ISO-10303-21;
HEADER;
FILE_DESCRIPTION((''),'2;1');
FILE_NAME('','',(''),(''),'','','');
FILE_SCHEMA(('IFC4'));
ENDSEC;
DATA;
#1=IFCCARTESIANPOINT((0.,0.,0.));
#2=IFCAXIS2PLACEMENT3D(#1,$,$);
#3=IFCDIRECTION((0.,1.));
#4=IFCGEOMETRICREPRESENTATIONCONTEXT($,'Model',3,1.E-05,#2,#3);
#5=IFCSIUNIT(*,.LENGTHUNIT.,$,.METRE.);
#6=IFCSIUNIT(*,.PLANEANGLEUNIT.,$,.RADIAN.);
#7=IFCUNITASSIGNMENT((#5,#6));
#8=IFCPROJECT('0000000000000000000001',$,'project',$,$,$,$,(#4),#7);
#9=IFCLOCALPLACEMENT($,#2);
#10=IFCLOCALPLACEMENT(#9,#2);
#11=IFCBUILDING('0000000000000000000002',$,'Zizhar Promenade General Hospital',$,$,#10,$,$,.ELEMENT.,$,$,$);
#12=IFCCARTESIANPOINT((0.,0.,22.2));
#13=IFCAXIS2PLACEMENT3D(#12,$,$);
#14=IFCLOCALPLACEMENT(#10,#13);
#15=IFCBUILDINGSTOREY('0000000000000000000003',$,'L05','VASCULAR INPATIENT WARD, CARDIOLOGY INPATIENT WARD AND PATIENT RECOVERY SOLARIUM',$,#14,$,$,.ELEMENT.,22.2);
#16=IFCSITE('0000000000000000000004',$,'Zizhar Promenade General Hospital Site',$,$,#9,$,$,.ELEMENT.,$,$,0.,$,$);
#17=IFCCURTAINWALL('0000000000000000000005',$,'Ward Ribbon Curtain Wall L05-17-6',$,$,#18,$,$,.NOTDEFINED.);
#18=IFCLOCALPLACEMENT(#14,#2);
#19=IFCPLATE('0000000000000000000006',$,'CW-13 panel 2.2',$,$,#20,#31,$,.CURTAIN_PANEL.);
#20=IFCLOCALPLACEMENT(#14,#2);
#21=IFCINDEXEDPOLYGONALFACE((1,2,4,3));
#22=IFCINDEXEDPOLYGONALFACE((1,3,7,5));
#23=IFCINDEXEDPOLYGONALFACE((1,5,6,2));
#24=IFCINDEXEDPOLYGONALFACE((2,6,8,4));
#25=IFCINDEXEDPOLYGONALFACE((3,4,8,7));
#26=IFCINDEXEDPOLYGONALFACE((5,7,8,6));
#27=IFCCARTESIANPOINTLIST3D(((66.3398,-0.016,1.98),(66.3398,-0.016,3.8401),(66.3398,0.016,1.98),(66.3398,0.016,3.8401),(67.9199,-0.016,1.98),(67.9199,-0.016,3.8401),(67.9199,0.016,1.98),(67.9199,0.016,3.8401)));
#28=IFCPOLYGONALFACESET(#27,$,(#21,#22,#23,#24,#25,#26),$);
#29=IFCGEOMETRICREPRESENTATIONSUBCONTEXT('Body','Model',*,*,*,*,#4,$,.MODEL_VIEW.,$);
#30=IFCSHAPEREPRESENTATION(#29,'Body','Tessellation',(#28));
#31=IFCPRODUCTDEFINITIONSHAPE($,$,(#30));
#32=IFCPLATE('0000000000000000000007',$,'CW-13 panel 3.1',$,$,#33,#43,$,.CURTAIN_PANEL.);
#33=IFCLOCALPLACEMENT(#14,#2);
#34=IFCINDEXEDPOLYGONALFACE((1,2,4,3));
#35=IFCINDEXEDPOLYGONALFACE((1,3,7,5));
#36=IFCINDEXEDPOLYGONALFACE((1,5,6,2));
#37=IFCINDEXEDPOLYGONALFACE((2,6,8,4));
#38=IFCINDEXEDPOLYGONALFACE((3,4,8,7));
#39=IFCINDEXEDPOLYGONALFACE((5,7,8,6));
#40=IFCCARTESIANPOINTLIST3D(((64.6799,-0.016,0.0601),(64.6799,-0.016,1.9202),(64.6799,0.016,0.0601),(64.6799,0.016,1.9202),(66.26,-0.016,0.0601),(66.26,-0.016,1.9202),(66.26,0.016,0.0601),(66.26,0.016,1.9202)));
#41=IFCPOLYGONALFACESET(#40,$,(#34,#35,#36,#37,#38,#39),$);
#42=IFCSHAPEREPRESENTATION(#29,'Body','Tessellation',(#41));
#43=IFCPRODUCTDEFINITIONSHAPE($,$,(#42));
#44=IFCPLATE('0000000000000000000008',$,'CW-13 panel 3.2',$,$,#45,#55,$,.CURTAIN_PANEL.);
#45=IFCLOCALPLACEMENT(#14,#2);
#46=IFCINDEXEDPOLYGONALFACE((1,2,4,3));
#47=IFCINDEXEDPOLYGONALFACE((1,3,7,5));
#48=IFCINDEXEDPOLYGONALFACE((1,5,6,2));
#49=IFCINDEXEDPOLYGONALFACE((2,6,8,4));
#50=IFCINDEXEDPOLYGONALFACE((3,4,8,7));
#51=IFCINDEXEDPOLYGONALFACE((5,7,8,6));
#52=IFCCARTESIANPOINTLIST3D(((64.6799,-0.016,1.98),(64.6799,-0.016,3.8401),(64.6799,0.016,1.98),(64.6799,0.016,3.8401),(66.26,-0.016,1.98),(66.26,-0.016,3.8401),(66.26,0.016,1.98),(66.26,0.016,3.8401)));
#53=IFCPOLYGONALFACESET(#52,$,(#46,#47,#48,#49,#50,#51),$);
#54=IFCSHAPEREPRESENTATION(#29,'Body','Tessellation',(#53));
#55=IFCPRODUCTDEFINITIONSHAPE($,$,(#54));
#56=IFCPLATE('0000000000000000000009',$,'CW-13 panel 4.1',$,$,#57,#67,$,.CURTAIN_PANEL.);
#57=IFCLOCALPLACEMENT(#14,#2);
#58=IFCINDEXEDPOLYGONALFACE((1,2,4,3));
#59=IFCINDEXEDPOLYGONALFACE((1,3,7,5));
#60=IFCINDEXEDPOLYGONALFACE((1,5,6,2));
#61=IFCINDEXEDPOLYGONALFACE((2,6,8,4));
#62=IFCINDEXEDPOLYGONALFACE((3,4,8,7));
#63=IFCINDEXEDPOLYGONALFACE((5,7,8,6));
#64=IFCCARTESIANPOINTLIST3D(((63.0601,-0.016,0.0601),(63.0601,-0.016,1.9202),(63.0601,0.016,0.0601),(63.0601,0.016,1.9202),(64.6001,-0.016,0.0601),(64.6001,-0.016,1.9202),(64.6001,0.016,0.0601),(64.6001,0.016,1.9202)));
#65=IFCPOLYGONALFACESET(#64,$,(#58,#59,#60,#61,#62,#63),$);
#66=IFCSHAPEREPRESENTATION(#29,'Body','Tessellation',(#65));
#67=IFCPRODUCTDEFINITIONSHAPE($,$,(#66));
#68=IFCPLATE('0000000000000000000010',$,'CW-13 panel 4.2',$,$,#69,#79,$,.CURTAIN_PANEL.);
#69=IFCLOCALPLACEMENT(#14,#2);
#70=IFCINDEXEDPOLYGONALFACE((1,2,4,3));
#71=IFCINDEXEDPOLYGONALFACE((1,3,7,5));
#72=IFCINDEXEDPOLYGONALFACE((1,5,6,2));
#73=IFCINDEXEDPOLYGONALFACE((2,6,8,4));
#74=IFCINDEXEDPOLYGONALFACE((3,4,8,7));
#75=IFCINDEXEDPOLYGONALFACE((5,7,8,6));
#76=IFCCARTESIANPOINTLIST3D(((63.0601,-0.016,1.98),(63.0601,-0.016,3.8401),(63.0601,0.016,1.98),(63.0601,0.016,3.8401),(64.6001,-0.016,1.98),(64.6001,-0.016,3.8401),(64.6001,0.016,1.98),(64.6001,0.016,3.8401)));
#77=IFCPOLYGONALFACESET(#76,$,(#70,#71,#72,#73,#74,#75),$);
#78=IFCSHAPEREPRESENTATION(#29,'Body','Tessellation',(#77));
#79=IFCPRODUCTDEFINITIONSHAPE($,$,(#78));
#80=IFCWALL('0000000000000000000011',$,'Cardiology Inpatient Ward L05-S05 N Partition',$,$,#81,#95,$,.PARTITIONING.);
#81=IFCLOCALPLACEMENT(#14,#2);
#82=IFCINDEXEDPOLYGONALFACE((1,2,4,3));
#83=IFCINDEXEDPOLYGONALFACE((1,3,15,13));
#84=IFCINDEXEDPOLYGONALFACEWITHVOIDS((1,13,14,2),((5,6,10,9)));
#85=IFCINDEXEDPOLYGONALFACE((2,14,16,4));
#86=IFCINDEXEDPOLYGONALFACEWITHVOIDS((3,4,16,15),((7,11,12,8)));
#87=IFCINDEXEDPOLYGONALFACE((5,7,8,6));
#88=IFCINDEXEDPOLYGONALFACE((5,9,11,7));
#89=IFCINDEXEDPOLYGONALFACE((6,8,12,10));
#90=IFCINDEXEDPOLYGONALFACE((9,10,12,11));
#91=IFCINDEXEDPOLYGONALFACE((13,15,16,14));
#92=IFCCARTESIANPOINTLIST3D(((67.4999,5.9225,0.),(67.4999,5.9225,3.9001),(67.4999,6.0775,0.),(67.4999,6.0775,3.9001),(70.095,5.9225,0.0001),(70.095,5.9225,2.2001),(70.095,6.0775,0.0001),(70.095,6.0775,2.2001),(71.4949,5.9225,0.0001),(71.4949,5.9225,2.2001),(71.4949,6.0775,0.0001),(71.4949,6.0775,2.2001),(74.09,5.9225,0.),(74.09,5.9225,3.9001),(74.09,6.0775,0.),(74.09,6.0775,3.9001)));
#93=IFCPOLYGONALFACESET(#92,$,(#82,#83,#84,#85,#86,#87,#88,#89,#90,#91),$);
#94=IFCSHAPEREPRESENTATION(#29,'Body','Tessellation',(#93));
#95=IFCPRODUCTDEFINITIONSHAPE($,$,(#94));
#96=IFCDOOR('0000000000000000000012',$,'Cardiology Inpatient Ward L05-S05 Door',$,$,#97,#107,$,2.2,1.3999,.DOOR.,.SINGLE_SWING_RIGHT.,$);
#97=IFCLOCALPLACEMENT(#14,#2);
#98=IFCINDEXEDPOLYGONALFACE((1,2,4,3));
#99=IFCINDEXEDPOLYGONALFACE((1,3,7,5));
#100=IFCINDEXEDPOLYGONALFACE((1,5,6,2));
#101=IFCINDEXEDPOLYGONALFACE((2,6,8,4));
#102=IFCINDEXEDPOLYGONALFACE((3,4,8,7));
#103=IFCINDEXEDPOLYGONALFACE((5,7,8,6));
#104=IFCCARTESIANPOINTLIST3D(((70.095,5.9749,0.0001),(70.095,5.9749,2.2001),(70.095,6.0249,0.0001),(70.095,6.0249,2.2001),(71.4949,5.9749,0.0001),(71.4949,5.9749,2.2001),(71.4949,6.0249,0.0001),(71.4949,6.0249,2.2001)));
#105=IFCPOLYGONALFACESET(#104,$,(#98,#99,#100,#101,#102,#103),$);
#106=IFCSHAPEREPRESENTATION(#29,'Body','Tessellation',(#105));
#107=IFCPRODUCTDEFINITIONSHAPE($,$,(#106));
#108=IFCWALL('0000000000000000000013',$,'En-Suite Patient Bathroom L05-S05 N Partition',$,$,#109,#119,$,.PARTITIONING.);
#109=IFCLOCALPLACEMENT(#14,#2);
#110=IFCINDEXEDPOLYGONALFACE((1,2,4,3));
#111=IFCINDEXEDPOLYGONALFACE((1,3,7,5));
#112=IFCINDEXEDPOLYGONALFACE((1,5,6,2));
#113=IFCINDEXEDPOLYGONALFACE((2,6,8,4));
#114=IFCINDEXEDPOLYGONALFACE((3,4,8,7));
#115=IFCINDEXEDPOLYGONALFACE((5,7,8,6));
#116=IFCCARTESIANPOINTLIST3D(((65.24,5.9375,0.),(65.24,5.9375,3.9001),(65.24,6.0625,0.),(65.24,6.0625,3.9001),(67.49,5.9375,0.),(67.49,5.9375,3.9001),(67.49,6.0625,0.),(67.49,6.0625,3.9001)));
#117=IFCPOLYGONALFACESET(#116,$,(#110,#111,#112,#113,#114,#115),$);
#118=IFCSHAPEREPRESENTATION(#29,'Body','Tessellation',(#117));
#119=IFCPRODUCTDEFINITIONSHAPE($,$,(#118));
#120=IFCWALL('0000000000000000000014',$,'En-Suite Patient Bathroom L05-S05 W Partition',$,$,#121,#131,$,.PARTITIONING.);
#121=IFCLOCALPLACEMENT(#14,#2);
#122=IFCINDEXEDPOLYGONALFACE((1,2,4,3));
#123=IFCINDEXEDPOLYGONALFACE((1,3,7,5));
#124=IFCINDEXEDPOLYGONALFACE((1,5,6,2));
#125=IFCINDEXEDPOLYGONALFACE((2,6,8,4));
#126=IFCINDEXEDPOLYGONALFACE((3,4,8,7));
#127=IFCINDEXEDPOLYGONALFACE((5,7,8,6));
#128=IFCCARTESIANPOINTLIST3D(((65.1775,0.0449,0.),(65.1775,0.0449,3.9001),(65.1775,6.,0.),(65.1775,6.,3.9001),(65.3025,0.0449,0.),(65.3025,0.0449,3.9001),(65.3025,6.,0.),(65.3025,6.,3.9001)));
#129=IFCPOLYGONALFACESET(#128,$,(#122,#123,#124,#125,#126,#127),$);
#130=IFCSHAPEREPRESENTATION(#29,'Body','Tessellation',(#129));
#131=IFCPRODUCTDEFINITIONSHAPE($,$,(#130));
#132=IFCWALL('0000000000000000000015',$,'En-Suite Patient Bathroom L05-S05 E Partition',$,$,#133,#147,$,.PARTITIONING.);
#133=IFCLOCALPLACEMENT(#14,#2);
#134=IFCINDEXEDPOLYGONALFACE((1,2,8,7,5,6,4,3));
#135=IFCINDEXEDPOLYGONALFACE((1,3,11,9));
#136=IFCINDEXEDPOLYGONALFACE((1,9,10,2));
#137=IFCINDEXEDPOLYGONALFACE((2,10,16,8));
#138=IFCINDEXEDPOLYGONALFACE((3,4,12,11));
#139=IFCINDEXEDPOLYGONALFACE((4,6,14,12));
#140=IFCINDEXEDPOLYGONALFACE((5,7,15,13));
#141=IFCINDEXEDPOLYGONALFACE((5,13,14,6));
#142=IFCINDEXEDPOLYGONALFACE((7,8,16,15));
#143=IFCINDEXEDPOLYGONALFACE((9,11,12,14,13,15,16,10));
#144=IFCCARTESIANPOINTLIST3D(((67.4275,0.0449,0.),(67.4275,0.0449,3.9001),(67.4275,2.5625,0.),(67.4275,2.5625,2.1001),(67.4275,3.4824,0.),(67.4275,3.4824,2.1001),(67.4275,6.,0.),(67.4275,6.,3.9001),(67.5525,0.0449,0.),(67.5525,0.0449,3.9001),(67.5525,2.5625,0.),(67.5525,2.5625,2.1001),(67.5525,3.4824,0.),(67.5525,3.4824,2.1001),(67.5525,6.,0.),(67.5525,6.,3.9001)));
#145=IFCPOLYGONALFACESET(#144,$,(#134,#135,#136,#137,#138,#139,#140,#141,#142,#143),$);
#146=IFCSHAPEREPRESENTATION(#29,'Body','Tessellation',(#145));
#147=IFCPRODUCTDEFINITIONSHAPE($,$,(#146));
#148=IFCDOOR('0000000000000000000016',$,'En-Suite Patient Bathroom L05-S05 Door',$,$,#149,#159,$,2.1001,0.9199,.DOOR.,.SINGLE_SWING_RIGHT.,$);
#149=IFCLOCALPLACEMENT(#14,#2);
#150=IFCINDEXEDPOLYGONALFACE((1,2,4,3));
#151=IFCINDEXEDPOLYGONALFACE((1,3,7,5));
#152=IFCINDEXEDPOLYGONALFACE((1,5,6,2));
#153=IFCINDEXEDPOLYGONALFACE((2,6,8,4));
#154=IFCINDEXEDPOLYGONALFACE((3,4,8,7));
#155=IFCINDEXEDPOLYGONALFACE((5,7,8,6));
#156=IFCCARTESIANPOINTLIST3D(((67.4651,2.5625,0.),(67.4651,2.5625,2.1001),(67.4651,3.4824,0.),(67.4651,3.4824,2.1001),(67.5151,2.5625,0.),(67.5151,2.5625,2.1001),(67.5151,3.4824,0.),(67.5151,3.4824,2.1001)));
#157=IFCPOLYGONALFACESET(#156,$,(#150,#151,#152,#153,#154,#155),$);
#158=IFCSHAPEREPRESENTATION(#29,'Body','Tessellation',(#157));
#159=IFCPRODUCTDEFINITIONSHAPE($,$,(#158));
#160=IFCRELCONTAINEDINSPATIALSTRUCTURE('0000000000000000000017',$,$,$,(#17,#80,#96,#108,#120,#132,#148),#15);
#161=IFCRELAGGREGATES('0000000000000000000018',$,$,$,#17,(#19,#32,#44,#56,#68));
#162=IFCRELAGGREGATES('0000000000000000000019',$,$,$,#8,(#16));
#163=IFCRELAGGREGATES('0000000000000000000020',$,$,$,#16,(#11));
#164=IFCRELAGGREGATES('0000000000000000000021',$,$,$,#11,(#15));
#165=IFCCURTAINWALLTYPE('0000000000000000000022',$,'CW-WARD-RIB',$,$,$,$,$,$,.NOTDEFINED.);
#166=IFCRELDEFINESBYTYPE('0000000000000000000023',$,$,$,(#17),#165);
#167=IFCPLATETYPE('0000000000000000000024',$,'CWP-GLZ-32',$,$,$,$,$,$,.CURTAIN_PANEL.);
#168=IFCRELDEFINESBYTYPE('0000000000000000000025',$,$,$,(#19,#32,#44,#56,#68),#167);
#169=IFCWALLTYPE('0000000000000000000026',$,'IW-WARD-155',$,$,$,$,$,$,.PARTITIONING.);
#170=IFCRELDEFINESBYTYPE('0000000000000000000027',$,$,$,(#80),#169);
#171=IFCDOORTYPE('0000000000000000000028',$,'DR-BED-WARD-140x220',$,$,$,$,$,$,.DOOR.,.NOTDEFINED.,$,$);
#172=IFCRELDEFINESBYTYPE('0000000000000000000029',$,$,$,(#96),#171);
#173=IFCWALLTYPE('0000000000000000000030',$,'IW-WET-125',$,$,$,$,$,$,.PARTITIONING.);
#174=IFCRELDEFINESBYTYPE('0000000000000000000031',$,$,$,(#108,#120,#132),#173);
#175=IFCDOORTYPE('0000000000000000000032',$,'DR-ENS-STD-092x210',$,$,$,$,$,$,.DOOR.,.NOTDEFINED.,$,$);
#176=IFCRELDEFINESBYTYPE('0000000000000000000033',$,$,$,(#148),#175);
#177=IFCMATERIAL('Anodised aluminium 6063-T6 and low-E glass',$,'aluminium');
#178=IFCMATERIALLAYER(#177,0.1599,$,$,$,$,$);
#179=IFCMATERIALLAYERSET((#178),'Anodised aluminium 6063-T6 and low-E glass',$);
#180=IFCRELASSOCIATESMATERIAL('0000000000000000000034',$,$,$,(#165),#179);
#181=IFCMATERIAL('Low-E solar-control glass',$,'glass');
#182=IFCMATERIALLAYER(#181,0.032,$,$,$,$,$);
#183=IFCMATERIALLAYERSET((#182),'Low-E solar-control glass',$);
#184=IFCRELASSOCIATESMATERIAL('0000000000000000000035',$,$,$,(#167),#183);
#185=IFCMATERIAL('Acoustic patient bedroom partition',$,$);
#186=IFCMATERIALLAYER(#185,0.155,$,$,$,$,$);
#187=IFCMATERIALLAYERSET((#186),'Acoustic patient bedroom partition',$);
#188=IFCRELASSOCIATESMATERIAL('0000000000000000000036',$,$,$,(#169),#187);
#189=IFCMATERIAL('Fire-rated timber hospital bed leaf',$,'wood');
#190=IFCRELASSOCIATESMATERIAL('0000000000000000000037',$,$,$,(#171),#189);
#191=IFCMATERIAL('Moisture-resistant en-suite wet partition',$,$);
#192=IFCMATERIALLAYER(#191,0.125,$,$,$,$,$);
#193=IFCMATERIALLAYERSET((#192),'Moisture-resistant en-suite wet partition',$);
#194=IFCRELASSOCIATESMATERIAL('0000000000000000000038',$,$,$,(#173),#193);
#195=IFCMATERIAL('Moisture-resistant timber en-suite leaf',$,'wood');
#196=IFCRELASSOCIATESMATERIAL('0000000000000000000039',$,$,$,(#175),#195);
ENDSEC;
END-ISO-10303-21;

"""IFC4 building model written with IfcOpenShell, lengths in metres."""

from ifc_helpers import new_model, si_unit, direction, frame, frame_2d, origin, origin_2d, place, context, subcontext, project, spatial, rectangle, extrude, material, layer, layer_set, type_object, element, fill, aggregate, save


model = new_model("IFC4")

# Units and contexts
model_context = context("Model", 3, precision=1e-05, world=origin(), true_north=direction((0.0, 1.0)))
body_context = subcontext(model_context, "Body", "Model", "MODEL_VIEW")
ifc_project = project(units=[si_unit("LENGTHUNIT", "METRE"), si_unit("PLANEANGLEUNIT", "RADIAN")], contexts=[model_context])

# Site, building, storey
site_placement = place(None, origin())
site = spatial("IfcSite", under=ifc_project, at=site_placement, Name="Zizhar Promenade General Hospital Site", CompositionType="ELEMENT", RefElevation=0.0)
building_placement = place(site_placement, origin())
building = spatial("IfcBuilding", under=site, at=building_placement, Name="Zizhar Promenade General Hospital", CompositionType="ELEMENT")
storey_placement = place(building_placement, frame((0.0, 0.0, 22.2)))
storey = spatial("IfcBuildingStorey", under=building, at=storey_placement, Name="L05", Description="VASCULAR INPATIENT WARD, CARDIOLOGY INPATIENT WARD AND PATIENT RECOVERY SOLARIUM", CompositionType="ELEMENT", Elevation=22.2)

# Curtain wall, plates
ifc_material_1 = material(Name="Anodised aluminium 6063-T6 and low-E glass", Category="aluminium")
ifc_layer_1 = layer(ifc_material_1, 0.1599)
ifc_layer_set_1 = layer_set([ifc_layer_1], Name="Anodised aluminium 6063-T6 and low-E glass")
curtain_wall_type = type_object("IfcCurtainWallType", Name="CW-WARD-RIB", PredefinedType="NOTDEFINED", material=ifc_layer_set_1)
curtain_wall_placement = place(storey_placement, origin())
curtain_wall = element("IfcCurtainWall", 1, at=curtain_wall_placement, inside=storey, type_object=curtain_wall_type, Name="Ward Ribbon Curtain Wall L05-17-6", PredefinedType="NOTDEFINED")
ifc_material_2 = material(Name="Low-E solar-control glass", Category="glass")
ifc_layer_2 = layer(ifc_material_2, 0.032)
ifc_layer_set_2 = layer_set([ifc_layer_2], Name="Low-E solar-control glass")
plate_type = type_object("IfcPlateType", Name="CWP-GLZ-32", PredefinedType="CURTAIN_PANEL", material=ifc_layer_set_2)
plate_1_placement = place(storey_placement, frame((67.1299, 0.0, 1.98), z_axis=(0.0, 0.0, 1.0), x_axis=(-1.0, 0.0, 0.0)))
plate_1 = element("IfcPlate", 2, at=plate_1_placement, type_object=plate_type, Name="CW-13 panel 2.2", PredefinedType="CURTAIN_PANEL", context=body_context, shape_type="SweptSolid", body=[
    extrude(rectangle(XDim=1.5801, YDim=0.032, at=origin_2d()), origin(), (0.0, 0.0, 1.0), 1.8601),
])
plate_2_placement = place(storey_placement, frame((65.47, 0.0, 0.0601), z_axis=(0.0, 0.0, 1.0), x_axis=(-1.0, 0.0, 0.0)))
plate_2 = element("IfcPlate", 3, at=plate_2_placement, type_object=plate_type, Name="CW-13 panel 3.1", PredefinedType="CURTAIN_PANEL", context=body_context, shape_type="SweptSolid", body=[
    extrude(rectangle(XDim=1.5801, YDim=0.032, at=origin_2d()), origin(), (0.0, 0.0, 1.0), 1.8601),
])
plate_3_placement = place(storey_placement, frame((65.47, 0.0, 1.98), z_axis=(0.0, 0.0, 1.0), x_axis=(-1.0, 0.0, 0.0)))
plate_3 = element("IfcPlate", 4, at=plate_3_placement, type_object=plate_type, Name="CW-13 panel 3.2", PredefinedType="CURTAIN_PANEL", context=body_context, shape_type="SweptSolid", body=[
    extrude(rectangle(XDim=1.5801, YDim=0.032, at=origin_2d()), origin(), (0.0, 0.0, 1.0), 1.8601),
])
plate_4_placement = place(storey_placement, frame((63.8301, 0.0, 0.0601), z_axis=(0.0, 0.0, 1.0), x_axis=(-1.0, 0.0, 0.0)))
plate_4 = element("IfcPlate", 5, at=plate_4_placement, type_object=plate_type, Name="CW-13 panel 4.1", PredefinedType="CURTAIN_PANEL", context=body_context, shape_type="SweptSolid", body=[
    extrude(rectangle(XDim=1.54, YDim=0.032, at=origin_2d()), origin(), (0.0, 0.0, 1.0), 1.8601),
])
plate_5_placement = place(storey_placement, frame((63.8301, 0.0, 1.98), z_axis=(0.0, 0.0, 1.0), x_axis=(-1.0, 0.0, 0.0)))
plate_5 = element("IfcPlate", 6, at=plate_5_placement, type_object=plate_type, Name="CW-13 panel 4.2", PredefinedType="CURTAIN_PANEL", context=body_context, shape_type="SweptSolid", body=[
    extrude(rectangle(XDim=1.54, YDim=0.032, at=origin_2d()), origin(), (0.0, 0.0, 1.0), 1.8601),
])
aggregate(curtain_wall, [plate_1, plate_2, plate_3, plate_4, plate_5])

# Wall, opening, door
ifc_material_3 = material(Name="Acoustic patient bedroom partition")
ifc_layer_3 = layer(ifc_material_3, 0.155)
ifc_layer_set_3 = layer_set([ifc_layer_3], Name="Acoustic patient bedroom partition")
wall_type_1 = type_object("IfcWallType", Name="IW-WARD-155", PredefinedType="PARTITIONING", material=ifc_layer_set_3)
wall_1_placement = place(storey_placement, frame((67.5, 6.0, 0.0), z_axis=(0.0, 0.0, 1.0), x_axis=(1.0, 0.0, 0.0)))
wall_1 = element("IfcWall", 7, at=wall_1_placement, inside=storey, type_object=wall_type_1, Name="Cardiology Inpatient Ward L05-S05 N Partition", PredefinedType="PARTITIONING", context=body_context, shape_type="SweptSolid", body=[
    extrude(rectangle(XDim=6.5901, YDim=0.155, at=frame_2d((3.2949, 0.0))), origin(), (0.0, 0.0, 1.0), 3.9001),
])
opening_1_placement = place(wall_1_placement, frame((2.595, 0.0, 0.0)))
opening_1 = element("IfcOpeningElement", 8, at=opening_1_placement, cuts=wall_1, PredefinedType="OPENING", context=body_context, shape_type="SweptSolid", body=[
    extrude(rectangle(XDim=1.3999, YDim=2.2, at=frame_2d((0.7, 1.1001))), frame((0.0, 0.0874, 0.0), z_axis=(0.0, -1.0, 0.0), x_axis=(1.0, 0.0, 0.0)), (0.0, 0.0, 1.0), 0.175),
])
ifc_material_4 = material(Name="Fire-rated timber hospital bed leaf", Category="wood")
door_type_1 = type_object("IfcDoorType", Name="DR-BED-WARD-140x220", OperationType="NOTDEFINED", PredefinedType="DOOR", material=ifc_material_4)
door_1_placement = place(opening_1_placement, origin())
door_1 = element("IfcDoor", 9, at=door_1_placement, inside=storey, type_object=door_type_1, Name="Cardiology Inpatient Ward L05-S05 Door", OperationType="SINGLE_SWING_RIGHT", OverallHeight=2.2, OverallWidth=1.3999, PredefinedType="DOOR", context=body_context, shape_type="SweptSolid", body=[
    extrude(rectangle(XDim=1.3999, YDim=2.2, at=frame_2d((0.7, 1.1001))), frame((0.0, 0.0249, 0.0), z_axis=(0.0, -1.0, 0.0), x_axis=(1.0, 0.0, 0.0)), (0.0, 0.0, 1.0), 0.05),
])
fill(opening_1, door_1)

# Walls
ifc_material_5 = material(Name="Moisture-resistant en-suite wet partition")
ifc_layer_4 = layer(ifc_material_5, 0.125)
ifc_layer_set_4 = layer_set([ifc_layer_4], Name="Moisture-resistant en-suite wet partition")
wall_type_2 = type_object("IfcWallType", Name="IW-WET-125", PredefinedType="PARTITIONING", material=ifc_layer_set_4)
wall_2_placement = place(storey_placement, frame((65.24, 6.0, 0.0), z_axis=(0.0, 0.0, 1.0), x_axis=(1.0, 0.0, 0.0)))
element("IfcWall", 10, at=wall_2_placement, inside=storey, type_object=wall_type_2, Name="En-Suite Patient Bathroom L05-S05 N Partition", PredefinedType="PARTITIONING", context=body_context, shape_type="SweptSolid", body=[
    extrude(rectangle(XDim=2.25, YDim=0.125, at=frame_2d((1.125, 0.0))), origin(), (0.0, 0.0, 1.0), 3.9001),
])
wall_3_placement = place(storey_placement, frame((65.24, 0.0449, 0.0), z_axis=(0.0, 0.0, 1.0), x_axis=(0.0, 1.0, 0.0)))
element("IfcWall", 11, at=wall_3_placement, inside=storey, type_object=wall_type_2, Name="En-Suite Patient Bathroom L05-S05 W Partition", PredefinedType="PARTITIONING", context=body_context, shape_type="SweptSolid", body=[
    extrude(rectangle(XDim=5.9551, YDim=0.125, at=frame_2d((2.9775, 0.0))), origin(), (0.0, 0.0, 1.0), 3.9001),
])

# Wall, opening, door
wall_4_placement = place(storey_placement, frame((67.49, 0.0449, 0.0), z_axis=(0.0, 0.0, 1.0), x_axis=(0.0, 1.0, 0.0)))
wall_4 = element("IfcWall", 12, at=wall_4_placement, inside=storey, type_object=wall_type_2, Name="En-Suite Patient Bathroom L05-S05 E Partition", PredefinedType="PARTITIONING", context=body_context, shape_type="SweptSolid", body=[
    extrude(rectangle(XDim=5.9551, YDim=0.125, at=frame_2d((2.9775, 0.0))), origin(), (0.0, 0.0, 1.0), 3.9001),
])
opening_2_placement = place(wall_4_placement, frame((2.5176, 0.0, 0.0)))
opening_2 = element("IfcOpeningElement", 13, at=opening_2_placement, cuts=wall_4, PredefinedType="OPENING", context=body_context, shape_type="SweptSolid", body=[
    extrude(rectangle(XDim=0.9199, YDim=2.1001, at=frame_2d((0.46, 1.05))), frame((0.0, 0.0725, 0.0), z_axis=(0.0, -1.0, 0.0), x_axis=(1.0, 0.0, 0.0)), (0.0, 0.0, 1.0), 0.145),
])
ifc_material_6 = material(Name="Moisture-resistant timber en-suite leaf", Category="wood")
door_type_2 = type_object("IfcDoorType", Name="DR-ENS-STD-092x210", OperationType="NOTDEFINED", PredefinedType="DOOR", material=ifc_material_6)
door_2_placement = place(opening_2_placement, origin())
door_2 = element("IfcDoor", 14, at=door_2_placement, inside=storey, type_object=door_type_2, Name="En-Suite Patient Bathroom L05-S05 Door", OperationType="SINGLE_SWING_RIGHT", OverallHeight=2.1001, OverallWidth=0.9199, PredefinedType="DOOR", context=body_context, shape_type="SweptSolid", body=[
    extrude(rectangle(XDim=0.9199, YDim=2.1001, at=frame_2d((0.46, 1.05))), frame((0.0, 0.0249, 0.0), z_axis=(0.0, -1.0, 0.0), x_axis=(1.0, 0.0, 0.0)), (0.0, 0.0, 1.0), 0.05),
])
fill(opening_2, door_2)

save(model, "model.ifc")
